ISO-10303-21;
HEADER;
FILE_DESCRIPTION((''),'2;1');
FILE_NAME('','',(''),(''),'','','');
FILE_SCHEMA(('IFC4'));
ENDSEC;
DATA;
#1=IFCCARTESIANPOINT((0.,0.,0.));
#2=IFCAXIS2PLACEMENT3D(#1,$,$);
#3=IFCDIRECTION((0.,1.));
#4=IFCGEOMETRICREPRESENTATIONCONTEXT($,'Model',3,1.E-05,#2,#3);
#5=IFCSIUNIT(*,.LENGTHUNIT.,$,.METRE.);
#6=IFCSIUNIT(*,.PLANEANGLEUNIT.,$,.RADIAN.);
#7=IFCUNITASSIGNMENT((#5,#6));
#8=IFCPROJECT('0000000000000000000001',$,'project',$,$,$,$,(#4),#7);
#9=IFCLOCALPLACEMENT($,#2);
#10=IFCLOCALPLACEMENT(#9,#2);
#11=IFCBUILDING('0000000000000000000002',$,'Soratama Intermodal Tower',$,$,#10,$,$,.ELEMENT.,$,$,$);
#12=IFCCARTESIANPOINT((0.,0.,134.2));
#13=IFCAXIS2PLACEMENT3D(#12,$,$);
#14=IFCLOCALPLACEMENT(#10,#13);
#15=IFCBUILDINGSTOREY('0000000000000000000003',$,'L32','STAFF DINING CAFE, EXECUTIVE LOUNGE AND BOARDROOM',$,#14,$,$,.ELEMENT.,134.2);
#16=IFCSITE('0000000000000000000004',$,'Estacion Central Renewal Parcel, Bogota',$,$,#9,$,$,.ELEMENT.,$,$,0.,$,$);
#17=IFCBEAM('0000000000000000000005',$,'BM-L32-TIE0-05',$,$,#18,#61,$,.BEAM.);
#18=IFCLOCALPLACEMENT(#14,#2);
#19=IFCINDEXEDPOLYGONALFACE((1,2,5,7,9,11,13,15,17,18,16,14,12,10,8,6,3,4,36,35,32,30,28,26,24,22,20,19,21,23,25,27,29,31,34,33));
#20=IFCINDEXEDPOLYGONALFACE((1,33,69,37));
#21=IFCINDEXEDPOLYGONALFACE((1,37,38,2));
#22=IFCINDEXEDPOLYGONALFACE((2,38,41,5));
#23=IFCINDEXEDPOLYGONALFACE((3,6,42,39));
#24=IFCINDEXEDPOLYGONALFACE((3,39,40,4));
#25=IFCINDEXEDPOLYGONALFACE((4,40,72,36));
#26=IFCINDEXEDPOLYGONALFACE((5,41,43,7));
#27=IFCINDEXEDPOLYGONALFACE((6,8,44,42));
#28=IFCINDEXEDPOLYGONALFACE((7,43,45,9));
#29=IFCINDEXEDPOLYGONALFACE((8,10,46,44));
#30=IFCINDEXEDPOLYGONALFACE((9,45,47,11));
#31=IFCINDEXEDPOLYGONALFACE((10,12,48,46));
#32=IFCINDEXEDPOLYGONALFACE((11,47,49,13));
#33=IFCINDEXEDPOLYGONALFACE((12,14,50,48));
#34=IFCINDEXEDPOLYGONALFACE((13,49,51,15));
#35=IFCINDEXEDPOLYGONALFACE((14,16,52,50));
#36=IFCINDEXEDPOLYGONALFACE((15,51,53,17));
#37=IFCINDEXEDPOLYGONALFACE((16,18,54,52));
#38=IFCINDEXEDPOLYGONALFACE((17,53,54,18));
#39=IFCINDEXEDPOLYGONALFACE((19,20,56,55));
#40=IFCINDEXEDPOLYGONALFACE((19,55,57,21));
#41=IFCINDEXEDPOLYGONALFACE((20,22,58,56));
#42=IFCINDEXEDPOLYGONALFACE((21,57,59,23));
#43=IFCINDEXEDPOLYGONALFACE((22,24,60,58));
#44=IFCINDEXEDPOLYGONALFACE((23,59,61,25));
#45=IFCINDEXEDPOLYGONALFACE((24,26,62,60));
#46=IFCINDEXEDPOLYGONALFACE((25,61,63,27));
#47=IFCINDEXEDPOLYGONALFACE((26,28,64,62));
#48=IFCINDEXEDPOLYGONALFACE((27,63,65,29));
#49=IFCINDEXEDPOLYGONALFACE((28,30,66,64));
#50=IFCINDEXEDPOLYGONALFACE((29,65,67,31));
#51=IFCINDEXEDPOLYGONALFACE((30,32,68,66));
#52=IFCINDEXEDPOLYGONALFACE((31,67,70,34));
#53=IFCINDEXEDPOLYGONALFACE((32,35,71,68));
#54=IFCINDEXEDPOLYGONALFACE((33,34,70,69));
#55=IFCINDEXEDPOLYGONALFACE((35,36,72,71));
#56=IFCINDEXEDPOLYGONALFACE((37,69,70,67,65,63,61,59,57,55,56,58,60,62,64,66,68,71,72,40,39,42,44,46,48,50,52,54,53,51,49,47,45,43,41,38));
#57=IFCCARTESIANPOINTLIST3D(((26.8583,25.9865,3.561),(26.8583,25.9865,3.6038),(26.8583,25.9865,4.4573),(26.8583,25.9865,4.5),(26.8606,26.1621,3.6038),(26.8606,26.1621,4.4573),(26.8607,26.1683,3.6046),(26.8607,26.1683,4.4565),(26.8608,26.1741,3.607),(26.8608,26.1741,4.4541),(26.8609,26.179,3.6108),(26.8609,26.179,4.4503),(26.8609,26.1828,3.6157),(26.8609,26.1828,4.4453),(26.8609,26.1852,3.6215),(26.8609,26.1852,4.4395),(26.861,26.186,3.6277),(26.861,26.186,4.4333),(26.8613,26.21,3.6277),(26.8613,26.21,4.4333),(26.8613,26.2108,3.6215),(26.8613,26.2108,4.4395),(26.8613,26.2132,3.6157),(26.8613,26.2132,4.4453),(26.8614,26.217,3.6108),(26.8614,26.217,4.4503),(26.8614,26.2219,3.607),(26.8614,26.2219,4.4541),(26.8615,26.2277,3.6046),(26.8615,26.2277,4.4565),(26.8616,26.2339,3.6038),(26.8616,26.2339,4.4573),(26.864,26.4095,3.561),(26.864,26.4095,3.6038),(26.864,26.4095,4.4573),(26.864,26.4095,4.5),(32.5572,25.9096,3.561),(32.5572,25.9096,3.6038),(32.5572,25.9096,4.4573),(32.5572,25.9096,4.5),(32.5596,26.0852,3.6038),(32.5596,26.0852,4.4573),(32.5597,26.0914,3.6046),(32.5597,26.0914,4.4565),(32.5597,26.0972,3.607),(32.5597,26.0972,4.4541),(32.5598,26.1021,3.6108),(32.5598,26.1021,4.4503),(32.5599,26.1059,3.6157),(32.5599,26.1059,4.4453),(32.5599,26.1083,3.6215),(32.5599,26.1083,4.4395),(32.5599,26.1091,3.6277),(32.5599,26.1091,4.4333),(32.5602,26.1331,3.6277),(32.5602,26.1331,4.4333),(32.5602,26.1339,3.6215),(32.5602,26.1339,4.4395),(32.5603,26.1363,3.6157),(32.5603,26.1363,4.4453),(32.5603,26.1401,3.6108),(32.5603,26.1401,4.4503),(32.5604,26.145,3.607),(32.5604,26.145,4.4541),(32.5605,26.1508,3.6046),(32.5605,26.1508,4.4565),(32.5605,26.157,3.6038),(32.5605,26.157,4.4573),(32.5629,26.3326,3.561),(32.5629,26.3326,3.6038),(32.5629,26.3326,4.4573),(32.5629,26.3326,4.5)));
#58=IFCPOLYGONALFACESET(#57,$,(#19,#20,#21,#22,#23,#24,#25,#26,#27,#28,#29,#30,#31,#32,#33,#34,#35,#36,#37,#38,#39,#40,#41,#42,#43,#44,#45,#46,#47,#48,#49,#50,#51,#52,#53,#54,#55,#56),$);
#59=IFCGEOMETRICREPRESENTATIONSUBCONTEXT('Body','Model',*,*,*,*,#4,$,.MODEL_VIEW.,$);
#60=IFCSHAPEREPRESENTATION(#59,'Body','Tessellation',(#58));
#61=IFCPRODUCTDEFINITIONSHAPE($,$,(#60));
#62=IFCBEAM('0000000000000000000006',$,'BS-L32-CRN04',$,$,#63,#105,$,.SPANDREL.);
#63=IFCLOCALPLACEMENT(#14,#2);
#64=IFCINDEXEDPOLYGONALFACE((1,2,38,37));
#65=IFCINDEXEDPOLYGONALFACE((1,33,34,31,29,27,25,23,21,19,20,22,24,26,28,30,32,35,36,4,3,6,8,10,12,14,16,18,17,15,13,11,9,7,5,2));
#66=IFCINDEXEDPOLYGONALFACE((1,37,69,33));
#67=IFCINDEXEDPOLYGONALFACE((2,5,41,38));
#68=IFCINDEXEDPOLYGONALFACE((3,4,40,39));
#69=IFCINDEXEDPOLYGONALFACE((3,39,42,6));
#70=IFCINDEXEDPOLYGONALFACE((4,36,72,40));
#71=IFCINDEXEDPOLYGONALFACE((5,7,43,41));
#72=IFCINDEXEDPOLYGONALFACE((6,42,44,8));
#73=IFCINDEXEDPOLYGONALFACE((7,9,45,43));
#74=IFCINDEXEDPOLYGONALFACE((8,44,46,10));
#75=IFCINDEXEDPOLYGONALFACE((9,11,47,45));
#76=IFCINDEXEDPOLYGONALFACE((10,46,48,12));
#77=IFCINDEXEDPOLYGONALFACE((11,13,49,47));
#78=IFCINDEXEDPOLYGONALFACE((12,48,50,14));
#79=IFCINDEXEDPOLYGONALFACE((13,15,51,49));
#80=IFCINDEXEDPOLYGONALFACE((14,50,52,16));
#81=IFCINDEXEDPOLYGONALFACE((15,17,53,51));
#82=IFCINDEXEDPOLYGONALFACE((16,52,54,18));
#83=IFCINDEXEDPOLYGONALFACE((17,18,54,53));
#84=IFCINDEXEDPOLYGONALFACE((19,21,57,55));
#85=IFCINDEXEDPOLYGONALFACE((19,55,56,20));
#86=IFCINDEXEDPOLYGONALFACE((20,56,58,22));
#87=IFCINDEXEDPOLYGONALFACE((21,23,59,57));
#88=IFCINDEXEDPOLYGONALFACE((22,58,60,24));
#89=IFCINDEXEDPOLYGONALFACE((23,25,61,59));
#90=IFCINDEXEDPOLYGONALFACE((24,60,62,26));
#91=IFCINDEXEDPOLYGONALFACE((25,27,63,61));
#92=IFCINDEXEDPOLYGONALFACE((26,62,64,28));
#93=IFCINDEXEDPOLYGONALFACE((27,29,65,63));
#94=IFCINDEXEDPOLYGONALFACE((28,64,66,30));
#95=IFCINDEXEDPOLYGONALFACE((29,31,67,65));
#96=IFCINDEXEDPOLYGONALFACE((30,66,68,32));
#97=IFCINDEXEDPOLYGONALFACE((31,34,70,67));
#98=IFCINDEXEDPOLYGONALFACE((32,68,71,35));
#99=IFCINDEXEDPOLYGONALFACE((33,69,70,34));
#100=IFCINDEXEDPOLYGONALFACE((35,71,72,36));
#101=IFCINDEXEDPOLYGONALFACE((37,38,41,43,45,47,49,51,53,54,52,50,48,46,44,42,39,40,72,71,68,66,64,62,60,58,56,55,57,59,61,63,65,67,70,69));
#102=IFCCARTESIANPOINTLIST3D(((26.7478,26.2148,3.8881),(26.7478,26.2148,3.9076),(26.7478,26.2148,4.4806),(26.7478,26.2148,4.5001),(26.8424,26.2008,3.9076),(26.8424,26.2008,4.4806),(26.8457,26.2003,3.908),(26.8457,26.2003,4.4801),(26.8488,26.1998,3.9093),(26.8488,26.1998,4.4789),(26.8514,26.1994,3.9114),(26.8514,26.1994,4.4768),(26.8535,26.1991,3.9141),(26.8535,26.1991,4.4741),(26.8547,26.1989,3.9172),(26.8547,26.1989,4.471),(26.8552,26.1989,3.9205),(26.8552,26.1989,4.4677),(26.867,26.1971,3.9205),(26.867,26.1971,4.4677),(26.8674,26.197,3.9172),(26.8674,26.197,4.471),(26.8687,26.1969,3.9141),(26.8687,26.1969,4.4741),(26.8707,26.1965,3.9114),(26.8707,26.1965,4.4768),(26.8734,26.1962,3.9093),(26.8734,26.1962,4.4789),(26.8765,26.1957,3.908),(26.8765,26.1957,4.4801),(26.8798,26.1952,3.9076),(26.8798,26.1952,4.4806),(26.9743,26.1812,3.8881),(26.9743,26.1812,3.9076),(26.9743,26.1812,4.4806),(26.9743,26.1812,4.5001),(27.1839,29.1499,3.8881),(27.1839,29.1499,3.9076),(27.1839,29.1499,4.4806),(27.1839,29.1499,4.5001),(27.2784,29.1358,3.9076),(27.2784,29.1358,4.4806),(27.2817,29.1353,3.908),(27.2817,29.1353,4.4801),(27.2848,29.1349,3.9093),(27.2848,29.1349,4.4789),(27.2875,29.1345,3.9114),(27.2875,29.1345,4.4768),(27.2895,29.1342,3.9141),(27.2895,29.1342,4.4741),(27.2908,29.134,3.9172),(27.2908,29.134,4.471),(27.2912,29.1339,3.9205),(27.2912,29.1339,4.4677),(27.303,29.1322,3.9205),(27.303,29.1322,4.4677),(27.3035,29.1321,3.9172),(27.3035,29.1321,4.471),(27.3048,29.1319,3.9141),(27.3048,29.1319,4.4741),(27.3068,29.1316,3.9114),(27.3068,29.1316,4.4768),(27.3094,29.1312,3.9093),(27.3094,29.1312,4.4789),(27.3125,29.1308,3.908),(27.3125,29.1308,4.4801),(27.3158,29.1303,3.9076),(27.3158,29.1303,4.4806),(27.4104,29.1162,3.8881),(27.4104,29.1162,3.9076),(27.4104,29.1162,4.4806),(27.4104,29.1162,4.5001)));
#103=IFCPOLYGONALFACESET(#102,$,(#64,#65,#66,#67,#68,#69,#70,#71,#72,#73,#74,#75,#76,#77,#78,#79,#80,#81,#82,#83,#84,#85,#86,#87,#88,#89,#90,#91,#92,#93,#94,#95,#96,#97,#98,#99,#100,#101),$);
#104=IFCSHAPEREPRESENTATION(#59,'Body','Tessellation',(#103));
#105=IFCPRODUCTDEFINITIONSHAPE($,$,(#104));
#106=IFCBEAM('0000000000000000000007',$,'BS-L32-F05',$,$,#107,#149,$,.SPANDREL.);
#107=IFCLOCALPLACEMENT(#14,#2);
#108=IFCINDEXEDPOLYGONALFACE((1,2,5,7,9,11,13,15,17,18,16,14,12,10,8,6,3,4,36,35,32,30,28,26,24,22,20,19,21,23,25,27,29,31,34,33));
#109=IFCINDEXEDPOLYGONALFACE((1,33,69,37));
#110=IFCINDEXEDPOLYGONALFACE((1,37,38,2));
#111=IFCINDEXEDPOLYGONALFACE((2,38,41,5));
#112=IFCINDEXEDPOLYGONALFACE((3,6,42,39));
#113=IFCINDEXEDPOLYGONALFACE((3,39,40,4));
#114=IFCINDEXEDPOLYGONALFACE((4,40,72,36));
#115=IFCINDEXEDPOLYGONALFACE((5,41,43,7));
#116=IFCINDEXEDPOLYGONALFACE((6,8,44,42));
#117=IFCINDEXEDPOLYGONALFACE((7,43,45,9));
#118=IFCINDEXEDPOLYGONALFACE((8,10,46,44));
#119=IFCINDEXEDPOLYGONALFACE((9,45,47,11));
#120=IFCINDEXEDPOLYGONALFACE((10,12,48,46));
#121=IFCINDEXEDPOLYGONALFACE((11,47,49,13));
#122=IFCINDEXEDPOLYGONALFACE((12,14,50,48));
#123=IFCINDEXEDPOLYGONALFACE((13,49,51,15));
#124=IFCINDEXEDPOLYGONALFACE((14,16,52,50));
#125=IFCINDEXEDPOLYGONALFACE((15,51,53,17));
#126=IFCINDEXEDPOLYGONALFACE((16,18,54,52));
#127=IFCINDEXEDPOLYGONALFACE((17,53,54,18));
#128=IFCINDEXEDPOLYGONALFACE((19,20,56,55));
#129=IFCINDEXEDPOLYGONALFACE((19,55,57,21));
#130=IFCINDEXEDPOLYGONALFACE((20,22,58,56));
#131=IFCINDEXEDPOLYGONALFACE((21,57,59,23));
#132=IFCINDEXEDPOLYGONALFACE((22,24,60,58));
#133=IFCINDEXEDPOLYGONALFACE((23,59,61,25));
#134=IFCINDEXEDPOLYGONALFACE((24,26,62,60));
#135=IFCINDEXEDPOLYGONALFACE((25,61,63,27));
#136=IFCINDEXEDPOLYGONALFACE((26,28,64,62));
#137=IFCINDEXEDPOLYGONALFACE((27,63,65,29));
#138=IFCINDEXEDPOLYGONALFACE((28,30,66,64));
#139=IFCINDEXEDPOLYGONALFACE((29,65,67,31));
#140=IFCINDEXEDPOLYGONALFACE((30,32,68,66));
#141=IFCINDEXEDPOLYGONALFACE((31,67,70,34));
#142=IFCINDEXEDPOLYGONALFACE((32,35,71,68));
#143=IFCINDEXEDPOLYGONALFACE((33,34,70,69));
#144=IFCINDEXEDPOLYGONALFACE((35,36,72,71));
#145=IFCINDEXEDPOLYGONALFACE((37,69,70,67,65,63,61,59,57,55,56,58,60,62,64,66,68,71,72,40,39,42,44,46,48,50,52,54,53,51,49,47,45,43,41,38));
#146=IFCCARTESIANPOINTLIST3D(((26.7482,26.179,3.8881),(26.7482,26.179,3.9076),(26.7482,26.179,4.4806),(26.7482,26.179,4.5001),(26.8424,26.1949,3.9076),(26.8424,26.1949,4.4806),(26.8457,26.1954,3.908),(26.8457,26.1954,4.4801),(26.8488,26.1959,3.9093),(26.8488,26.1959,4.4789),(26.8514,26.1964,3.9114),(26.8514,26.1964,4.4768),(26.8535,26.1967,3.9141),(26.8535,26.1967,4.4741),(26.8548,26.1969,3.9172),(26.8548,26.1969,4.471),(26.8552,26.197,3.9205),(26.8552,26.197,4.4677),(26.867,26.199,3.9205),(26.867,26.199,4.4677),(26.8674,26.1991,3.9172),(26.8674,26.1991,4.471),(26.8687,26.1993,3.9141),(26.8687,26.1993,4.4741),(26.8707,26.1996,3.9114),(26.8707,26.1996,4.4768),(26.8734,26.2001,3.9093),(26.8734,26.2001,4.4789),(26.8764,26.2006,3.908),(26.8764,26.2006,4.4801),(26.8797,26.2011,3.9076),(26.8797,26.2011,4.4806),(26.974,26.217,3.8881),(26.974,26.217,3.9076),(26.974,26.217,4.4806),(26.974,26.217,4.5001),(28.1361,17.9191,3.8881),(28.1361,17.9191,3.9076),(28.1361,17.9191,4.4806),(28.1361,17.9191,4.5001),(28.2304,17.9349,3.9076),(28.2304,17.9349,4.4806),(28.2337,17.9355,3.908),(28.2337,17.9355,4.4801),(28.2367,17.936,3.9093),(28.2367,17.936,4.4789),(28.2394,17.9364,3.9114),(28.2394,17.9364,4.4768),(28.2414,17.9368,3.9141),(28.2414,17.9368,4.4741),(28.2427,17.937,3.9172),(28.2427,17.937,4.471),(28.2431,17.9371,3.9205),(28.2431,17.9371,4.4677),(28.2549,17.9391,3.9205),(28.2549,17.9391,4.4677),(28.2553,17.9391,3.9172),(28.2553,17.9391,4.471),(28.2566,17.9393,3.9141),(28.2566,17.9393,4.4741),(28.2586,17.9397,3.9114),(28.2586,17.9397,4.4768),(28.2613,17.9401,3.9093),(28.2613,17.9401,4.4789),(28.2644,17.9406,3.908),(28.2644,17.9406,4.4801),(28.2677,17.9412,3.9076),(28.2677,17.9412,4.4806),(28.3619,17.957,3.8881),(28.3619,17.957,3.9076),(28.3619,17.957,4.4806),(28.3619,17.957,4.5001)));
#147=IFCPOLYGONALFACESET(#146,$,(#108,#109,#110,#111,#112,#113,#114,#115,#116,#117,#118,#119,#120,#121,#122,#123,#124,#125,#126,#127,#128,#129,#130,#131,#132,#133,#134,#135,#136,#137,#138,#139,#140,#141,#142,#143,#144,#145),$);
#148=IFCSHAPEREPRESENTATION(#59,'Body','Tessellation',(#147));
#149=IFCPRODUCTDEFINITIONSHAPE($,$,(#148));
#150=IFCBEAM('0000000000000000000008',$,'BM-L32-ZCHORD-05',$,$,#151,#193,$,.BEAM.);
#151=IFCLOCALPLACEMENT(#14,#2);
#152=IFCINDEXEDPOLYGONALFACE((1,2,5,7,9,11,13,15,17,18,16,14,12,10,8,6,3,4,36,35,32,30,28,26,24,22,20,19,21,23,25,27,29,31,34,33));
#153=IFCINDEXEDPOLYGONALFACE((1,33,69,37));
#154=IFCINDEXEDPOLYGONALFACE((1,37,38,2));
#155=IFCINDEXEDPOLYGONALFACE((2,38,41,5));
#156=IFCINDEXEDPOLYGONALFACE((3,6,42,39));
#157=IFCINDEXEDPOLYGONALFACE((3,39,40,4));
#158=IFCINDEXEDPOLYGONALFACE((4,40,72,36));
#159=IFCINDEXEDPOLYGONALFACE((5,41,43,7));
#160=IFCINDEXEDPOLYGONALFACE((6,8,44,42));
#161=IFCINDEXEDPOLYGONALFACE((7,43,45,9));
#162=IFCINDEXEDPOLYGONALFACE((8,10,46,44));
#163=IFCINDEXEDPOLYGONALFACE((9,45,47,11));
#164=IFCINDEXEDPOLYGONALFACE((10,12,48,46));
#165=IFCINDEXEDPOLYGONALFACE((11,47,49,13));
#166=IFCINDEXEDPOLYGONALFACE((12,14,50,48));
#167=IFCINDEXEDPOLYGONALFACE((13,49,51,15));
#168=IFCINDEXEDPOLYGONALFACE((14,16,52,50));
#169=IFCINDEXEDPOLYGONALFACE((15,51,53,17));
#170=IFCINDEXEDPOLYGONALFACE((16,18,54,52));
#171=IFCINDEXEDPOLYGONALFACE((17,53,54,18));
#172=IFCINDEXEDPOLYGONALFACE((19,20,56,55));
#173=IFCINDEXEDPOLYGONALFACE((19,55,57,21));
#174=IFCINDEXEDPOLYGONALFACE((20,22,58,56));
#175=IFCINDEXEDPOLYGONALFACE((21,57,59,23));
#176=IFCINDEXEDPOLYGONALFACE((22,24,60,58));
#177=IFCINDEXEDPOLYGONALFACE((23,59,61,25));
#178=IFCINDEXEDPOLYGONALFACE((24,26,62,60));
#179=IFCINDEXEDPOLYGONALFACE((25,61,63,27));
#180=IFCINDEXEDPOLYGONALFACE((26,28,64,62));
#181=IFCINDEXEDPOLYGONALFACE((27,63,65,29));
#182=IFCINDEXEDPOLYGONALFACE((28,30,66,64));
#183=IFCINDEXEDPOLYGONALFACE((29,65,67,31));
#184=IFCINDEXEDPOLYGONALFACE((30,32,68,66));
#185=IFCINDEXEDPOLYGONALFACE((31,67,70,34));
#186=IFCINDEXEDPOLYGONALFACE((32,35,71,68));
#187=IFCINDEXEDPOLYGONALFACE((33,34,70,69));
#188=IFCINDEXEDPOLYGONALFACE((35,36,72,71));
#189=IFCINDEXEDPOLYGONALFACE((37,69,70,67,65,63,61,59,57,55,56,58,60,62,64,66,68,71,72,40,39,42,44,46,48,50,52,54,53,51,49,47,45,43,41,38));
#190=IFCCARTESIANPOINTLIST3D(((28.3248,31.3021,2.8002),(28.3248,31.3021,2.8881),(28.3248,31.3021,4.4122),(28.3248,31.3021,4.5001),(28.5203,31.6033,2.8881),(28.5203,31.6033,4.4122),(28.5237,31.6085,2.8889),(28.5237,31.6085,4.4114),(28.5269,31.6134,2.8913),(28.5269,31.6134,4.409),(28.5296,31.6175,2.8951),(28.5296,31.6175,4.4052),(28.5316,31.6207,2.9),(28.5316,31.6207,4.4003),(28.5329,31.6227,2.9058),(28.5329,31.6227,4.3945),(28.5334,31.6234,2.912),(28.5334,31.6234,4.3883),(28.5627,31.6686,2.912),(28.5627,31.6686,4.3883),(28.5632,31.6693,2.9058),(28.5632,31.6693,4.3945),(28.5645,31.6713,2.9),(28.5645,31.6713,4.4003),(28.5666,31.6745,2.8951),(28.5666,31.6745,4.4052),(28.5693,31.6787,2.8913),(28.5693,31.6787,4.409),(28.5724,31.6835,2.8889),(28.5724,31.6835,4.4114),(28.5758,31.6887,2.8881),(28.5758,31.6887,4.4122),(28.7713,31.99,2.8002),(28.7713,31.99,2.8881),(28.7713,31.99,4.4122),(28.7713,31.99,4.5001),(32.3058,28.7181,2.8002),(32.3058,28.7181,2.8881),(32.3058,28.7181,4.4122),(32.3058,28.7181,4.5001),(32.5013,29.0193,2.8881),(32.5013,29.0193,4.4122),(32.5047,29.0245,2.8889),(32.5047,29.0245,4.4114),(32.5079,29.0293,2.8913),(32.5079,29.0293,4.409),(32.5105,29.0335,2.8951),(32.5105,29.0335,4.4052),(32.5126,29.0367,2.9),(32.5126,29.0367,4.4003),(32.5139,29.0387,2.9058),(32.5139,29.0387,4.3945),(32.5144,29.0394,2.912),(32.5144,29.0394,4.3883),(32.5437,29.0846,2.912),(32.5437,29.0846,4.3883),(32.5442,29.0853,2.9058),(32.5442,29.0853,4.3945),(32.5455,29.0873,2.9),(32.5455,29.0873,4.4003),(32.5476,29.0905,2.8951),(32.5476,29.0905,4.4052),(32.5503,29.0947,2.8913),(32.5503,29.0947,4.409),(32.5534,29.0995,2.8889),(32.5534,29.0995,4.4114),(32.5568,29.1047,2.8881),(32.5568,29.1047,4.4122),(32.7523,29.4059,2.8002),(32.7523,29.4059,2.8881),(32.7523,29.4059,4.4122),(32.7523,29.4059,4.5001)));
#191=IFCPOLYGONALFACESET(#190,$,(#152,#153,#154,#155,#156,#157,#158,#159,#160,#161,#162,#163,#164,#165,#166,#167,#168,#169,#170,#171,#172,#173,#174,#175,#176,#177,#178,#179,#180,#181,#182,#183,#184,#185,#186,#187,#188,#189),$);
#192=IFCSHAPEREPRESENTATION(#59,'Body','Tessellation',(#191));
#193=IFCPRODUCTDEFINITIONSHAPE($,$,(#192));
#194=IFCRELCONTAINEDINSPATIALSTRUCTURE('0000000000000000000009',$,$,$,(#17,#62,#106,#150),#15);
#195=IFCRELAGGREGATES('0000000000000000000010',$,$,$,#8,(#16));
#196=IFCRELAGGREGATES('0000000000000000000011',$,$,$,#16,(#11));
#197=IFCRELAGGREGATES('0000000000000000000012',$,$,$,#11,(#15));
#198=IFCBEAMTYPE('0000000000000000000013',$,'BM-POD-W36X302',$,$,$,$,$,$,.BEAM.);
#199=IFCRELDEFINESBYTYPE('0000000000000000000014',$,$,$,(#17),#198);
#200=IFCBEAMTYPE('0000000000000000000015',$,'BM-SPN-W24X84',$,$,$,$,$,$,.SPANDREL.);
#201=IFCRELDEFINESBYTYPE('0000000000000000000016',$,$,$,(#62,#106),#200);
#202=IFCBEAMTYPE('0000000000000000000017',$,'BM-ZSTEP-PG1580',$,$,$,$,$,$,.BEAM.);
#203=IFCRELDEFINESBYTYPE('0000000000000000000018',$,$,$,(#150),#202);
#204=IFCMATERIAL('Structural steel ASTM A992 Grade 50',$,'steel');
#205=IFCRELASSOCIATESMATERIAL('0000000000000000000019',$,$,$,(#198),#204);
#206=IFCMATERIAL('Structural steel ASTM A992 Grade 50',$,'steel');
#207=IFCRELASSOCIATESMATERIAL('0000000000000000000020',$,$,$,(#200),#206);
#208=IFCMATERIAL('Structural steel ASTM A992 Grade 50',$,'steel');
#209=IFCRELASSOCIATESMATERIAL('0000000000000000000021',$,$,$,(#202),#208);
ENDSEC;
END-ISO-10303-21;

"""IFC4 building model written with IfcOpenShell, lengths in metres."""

from ifc_helpers import new_model, si_unit, direction, frame, origin, origin_2d, place, context, subcontext, project, spatial, i_section, extrude, material, material_profile, profile_set, type_object, element, save


model = new_model("IFC4")

# Units and contexts
model_context = context("Model", 3, precision=1e-05, world=origin(), true_north=direction((0.0, 1.0)))
body_context = subcontext(model_context, "Body", "Model", "MODEL_VIEW")
ifc_project = project(units=[si_unit("LENGTHUNIT", "METRE"), si_unit("PLANEANGLEUNIT", "RADIAN")], contexts=[model_context])

# Site, building, storey
site_placement = place(None, origin())
site = spatial("IfcSite", under=ifc_project, at=site_placement, Name="Estacion Central Renewal Parcel, Bogota", CompositionType="ELEMENT", RefElevation=0.0)
building_placement = place(site_placement, origin())
building = spatial("IfcBuilding", under=site, at=building_placement, Name="Soratama Intermodal Tower", CompositionType="ELEMENT")
storey_placement = place(building_placement, frame((0.0, 0.0, 134.2)))
storey = spatial("IfcBuildingStorey", under=building, at=storey_placement, Name="L32", Description="STAFF DINING CAFE, EXECUTIVE LOUNGE AND BOARDROOM", CompositionType="ELEMENT", Elevation=134.2)

# Beams
ifc_material_1 = material(Name="Structural steel ASTM A992 Grade 50", Category="steel")
ifc_material_profile_1 = material_profile(ifc_material_1, i_section(OverallWidth=0.4231, OverallDepth=0.939, WebThickness=0.0239, FlangeThickness=0.0427, FilletRadius=0.0239, at=origin_2d()), Name="W36X302")
ifc_profile_set_1 = profile_set([ifc_material_profile_1], Name="Structural steel ASTM A992 Grade 50")
beam_type_1 = type_object("IfcBeamType", Name="BM-POD-W36X302", PredefinedType="BEAM", material=ifc_profile_set_1)
beam_1_placement = place(storey_placement, frame((32.5601, 26.1211, 4.0305), z_axis=(-0.999909, 0.013493, 0.0), x_axis=(-0.013493, -0.999909, 0.0)))
element("IfcBeam", 1, at=beam_1_placement, inside=storey, type_object=beam_type_1, Name="BM-L32-TIE0-05", PredefinedType="BEAM", context=body_context, shape_type="SweptSolid", body=[
    extrude(i_section(OverallWidth=0.4231, OverallDepth=0.939, WebThickness=0.0239, FlangeThickness=0.0427, FilletRadius=0.0239, at=origin_2d()), origin(), (0.0, 0.0, 1.0), 5.6995),
])
ifc_material_2 = material(Name="Structural steel ASTM A992 Grade 50", Category="steel")
ifc_material_profile_2 = material_profile(ifc_material_2, i_section(OverallWidth=0.229, OverallDepth=0.6121, WebThickness=0.012, FlangeThickness=0.0195, FilletRadius=0.0129, at=origin_2d()), Name="W24X84")
ifc_profile_set_2 = profile_set([ifc_material_profile_2], Name="Structural steel ASTM A992 Grade 50")
beam_type_2 = type_object("IfcBeamType", Name="BM-SPN-W24X84", PredefinedType="SPANDREL", material=ifc_profile_set_2)
beam_2_placement = place(storey_placement, frame((27.2971, 29.1331, 4.1941), z_axis=(-0.146948, -0.989144, 0.0), x_axis=(0.989144, -0.146948, 0.0)))
element("IfcBeam", 2, at=beam_2_placement, inside=storey, type_object=beam_type_2, Name="BS-L32-CRN04", PredefinedType="SPANDREL", context=body_context, shape_type="SweptSolid", body=[
    extrude(i_section(OverallWidth=0.229, OverallDepth=0.6121, WebThickness=0.012, FlangeThickness=0.0195, FilletRadius=0.0129, at=origin_2d()), origin(), (0.0, 0.0, 1.0), 2.9673),
])
beam_3_placement = place(storey_placement, frame((26.8611, 26.198, 4.1941), z_axis=(0.165708, -0.986175, 0.0), x_axis=(0.986175, 0.165708, 0.0)))
element("IfcBeam", 3, at=beam_3_placement, inside=storey, type_object=beam_type_2, Name="BS-L32-F05", PredefinedType="SPANDREL", context=body_context, shape_type="SweptSolid", body=[
    extrude(i_section(OverallWidth=0.229, OverallDepth=0.6121, WebThickness=0.012, FlangeThickness=0.0195, FilletRadius=0.0129, at=origin_2d()), origin(), (0.0, 0.0, 1.0), 8.3757),
])
ifc_material_3 = material(Name="Structural steel ASTM A992 Grade 50", Category="steel")
ifc_material_profile_3 = material_profile(ifc_material_3, i_section(OverallWidth=0.8201, OverallDepth=1.7, WebThickness=0.054, FlangeThickness=0.0879, FilletRadius=0.0239, at=origin_2d()), Name="PG1580X800")
ifc_profile_set_3 = profile_set([ifc_material_profile_3], Name="Structural steel ASTM A992 Grade 50")
beam_type_3 = type_object("IfcBeamType", Name="BM-ZSTEP-PG1580", PredefinedType="BEAM", material=ifc_profile_set_3)
beam_4_placement = place(storey_placement, frame((32.5291, 29.062, 3.6501), z_axis=(-0.838794, 0.544449, 0.0), x_axis=(-0.544449, -0.838794, 0.0)))
element("IfcBeam", 4, at=beam_4_placement, inside=storey, type_object=beam_type_3, Name="BM-L32-ZCHORD-05", PredefinedType="BEAM", context=body_context, shape_type="SweptSolid", body=[
    extrude(i_section(OverallWidth=0.8201, OverallDepth=1.7, WebThickness=0.054, FlangeThickness=0.0879, FilletRadius=0.0239, at=origin_2d()), origin(), (0.0, 0.0, 1.0), 4.7461),
])

save(model, "model.ifc")
